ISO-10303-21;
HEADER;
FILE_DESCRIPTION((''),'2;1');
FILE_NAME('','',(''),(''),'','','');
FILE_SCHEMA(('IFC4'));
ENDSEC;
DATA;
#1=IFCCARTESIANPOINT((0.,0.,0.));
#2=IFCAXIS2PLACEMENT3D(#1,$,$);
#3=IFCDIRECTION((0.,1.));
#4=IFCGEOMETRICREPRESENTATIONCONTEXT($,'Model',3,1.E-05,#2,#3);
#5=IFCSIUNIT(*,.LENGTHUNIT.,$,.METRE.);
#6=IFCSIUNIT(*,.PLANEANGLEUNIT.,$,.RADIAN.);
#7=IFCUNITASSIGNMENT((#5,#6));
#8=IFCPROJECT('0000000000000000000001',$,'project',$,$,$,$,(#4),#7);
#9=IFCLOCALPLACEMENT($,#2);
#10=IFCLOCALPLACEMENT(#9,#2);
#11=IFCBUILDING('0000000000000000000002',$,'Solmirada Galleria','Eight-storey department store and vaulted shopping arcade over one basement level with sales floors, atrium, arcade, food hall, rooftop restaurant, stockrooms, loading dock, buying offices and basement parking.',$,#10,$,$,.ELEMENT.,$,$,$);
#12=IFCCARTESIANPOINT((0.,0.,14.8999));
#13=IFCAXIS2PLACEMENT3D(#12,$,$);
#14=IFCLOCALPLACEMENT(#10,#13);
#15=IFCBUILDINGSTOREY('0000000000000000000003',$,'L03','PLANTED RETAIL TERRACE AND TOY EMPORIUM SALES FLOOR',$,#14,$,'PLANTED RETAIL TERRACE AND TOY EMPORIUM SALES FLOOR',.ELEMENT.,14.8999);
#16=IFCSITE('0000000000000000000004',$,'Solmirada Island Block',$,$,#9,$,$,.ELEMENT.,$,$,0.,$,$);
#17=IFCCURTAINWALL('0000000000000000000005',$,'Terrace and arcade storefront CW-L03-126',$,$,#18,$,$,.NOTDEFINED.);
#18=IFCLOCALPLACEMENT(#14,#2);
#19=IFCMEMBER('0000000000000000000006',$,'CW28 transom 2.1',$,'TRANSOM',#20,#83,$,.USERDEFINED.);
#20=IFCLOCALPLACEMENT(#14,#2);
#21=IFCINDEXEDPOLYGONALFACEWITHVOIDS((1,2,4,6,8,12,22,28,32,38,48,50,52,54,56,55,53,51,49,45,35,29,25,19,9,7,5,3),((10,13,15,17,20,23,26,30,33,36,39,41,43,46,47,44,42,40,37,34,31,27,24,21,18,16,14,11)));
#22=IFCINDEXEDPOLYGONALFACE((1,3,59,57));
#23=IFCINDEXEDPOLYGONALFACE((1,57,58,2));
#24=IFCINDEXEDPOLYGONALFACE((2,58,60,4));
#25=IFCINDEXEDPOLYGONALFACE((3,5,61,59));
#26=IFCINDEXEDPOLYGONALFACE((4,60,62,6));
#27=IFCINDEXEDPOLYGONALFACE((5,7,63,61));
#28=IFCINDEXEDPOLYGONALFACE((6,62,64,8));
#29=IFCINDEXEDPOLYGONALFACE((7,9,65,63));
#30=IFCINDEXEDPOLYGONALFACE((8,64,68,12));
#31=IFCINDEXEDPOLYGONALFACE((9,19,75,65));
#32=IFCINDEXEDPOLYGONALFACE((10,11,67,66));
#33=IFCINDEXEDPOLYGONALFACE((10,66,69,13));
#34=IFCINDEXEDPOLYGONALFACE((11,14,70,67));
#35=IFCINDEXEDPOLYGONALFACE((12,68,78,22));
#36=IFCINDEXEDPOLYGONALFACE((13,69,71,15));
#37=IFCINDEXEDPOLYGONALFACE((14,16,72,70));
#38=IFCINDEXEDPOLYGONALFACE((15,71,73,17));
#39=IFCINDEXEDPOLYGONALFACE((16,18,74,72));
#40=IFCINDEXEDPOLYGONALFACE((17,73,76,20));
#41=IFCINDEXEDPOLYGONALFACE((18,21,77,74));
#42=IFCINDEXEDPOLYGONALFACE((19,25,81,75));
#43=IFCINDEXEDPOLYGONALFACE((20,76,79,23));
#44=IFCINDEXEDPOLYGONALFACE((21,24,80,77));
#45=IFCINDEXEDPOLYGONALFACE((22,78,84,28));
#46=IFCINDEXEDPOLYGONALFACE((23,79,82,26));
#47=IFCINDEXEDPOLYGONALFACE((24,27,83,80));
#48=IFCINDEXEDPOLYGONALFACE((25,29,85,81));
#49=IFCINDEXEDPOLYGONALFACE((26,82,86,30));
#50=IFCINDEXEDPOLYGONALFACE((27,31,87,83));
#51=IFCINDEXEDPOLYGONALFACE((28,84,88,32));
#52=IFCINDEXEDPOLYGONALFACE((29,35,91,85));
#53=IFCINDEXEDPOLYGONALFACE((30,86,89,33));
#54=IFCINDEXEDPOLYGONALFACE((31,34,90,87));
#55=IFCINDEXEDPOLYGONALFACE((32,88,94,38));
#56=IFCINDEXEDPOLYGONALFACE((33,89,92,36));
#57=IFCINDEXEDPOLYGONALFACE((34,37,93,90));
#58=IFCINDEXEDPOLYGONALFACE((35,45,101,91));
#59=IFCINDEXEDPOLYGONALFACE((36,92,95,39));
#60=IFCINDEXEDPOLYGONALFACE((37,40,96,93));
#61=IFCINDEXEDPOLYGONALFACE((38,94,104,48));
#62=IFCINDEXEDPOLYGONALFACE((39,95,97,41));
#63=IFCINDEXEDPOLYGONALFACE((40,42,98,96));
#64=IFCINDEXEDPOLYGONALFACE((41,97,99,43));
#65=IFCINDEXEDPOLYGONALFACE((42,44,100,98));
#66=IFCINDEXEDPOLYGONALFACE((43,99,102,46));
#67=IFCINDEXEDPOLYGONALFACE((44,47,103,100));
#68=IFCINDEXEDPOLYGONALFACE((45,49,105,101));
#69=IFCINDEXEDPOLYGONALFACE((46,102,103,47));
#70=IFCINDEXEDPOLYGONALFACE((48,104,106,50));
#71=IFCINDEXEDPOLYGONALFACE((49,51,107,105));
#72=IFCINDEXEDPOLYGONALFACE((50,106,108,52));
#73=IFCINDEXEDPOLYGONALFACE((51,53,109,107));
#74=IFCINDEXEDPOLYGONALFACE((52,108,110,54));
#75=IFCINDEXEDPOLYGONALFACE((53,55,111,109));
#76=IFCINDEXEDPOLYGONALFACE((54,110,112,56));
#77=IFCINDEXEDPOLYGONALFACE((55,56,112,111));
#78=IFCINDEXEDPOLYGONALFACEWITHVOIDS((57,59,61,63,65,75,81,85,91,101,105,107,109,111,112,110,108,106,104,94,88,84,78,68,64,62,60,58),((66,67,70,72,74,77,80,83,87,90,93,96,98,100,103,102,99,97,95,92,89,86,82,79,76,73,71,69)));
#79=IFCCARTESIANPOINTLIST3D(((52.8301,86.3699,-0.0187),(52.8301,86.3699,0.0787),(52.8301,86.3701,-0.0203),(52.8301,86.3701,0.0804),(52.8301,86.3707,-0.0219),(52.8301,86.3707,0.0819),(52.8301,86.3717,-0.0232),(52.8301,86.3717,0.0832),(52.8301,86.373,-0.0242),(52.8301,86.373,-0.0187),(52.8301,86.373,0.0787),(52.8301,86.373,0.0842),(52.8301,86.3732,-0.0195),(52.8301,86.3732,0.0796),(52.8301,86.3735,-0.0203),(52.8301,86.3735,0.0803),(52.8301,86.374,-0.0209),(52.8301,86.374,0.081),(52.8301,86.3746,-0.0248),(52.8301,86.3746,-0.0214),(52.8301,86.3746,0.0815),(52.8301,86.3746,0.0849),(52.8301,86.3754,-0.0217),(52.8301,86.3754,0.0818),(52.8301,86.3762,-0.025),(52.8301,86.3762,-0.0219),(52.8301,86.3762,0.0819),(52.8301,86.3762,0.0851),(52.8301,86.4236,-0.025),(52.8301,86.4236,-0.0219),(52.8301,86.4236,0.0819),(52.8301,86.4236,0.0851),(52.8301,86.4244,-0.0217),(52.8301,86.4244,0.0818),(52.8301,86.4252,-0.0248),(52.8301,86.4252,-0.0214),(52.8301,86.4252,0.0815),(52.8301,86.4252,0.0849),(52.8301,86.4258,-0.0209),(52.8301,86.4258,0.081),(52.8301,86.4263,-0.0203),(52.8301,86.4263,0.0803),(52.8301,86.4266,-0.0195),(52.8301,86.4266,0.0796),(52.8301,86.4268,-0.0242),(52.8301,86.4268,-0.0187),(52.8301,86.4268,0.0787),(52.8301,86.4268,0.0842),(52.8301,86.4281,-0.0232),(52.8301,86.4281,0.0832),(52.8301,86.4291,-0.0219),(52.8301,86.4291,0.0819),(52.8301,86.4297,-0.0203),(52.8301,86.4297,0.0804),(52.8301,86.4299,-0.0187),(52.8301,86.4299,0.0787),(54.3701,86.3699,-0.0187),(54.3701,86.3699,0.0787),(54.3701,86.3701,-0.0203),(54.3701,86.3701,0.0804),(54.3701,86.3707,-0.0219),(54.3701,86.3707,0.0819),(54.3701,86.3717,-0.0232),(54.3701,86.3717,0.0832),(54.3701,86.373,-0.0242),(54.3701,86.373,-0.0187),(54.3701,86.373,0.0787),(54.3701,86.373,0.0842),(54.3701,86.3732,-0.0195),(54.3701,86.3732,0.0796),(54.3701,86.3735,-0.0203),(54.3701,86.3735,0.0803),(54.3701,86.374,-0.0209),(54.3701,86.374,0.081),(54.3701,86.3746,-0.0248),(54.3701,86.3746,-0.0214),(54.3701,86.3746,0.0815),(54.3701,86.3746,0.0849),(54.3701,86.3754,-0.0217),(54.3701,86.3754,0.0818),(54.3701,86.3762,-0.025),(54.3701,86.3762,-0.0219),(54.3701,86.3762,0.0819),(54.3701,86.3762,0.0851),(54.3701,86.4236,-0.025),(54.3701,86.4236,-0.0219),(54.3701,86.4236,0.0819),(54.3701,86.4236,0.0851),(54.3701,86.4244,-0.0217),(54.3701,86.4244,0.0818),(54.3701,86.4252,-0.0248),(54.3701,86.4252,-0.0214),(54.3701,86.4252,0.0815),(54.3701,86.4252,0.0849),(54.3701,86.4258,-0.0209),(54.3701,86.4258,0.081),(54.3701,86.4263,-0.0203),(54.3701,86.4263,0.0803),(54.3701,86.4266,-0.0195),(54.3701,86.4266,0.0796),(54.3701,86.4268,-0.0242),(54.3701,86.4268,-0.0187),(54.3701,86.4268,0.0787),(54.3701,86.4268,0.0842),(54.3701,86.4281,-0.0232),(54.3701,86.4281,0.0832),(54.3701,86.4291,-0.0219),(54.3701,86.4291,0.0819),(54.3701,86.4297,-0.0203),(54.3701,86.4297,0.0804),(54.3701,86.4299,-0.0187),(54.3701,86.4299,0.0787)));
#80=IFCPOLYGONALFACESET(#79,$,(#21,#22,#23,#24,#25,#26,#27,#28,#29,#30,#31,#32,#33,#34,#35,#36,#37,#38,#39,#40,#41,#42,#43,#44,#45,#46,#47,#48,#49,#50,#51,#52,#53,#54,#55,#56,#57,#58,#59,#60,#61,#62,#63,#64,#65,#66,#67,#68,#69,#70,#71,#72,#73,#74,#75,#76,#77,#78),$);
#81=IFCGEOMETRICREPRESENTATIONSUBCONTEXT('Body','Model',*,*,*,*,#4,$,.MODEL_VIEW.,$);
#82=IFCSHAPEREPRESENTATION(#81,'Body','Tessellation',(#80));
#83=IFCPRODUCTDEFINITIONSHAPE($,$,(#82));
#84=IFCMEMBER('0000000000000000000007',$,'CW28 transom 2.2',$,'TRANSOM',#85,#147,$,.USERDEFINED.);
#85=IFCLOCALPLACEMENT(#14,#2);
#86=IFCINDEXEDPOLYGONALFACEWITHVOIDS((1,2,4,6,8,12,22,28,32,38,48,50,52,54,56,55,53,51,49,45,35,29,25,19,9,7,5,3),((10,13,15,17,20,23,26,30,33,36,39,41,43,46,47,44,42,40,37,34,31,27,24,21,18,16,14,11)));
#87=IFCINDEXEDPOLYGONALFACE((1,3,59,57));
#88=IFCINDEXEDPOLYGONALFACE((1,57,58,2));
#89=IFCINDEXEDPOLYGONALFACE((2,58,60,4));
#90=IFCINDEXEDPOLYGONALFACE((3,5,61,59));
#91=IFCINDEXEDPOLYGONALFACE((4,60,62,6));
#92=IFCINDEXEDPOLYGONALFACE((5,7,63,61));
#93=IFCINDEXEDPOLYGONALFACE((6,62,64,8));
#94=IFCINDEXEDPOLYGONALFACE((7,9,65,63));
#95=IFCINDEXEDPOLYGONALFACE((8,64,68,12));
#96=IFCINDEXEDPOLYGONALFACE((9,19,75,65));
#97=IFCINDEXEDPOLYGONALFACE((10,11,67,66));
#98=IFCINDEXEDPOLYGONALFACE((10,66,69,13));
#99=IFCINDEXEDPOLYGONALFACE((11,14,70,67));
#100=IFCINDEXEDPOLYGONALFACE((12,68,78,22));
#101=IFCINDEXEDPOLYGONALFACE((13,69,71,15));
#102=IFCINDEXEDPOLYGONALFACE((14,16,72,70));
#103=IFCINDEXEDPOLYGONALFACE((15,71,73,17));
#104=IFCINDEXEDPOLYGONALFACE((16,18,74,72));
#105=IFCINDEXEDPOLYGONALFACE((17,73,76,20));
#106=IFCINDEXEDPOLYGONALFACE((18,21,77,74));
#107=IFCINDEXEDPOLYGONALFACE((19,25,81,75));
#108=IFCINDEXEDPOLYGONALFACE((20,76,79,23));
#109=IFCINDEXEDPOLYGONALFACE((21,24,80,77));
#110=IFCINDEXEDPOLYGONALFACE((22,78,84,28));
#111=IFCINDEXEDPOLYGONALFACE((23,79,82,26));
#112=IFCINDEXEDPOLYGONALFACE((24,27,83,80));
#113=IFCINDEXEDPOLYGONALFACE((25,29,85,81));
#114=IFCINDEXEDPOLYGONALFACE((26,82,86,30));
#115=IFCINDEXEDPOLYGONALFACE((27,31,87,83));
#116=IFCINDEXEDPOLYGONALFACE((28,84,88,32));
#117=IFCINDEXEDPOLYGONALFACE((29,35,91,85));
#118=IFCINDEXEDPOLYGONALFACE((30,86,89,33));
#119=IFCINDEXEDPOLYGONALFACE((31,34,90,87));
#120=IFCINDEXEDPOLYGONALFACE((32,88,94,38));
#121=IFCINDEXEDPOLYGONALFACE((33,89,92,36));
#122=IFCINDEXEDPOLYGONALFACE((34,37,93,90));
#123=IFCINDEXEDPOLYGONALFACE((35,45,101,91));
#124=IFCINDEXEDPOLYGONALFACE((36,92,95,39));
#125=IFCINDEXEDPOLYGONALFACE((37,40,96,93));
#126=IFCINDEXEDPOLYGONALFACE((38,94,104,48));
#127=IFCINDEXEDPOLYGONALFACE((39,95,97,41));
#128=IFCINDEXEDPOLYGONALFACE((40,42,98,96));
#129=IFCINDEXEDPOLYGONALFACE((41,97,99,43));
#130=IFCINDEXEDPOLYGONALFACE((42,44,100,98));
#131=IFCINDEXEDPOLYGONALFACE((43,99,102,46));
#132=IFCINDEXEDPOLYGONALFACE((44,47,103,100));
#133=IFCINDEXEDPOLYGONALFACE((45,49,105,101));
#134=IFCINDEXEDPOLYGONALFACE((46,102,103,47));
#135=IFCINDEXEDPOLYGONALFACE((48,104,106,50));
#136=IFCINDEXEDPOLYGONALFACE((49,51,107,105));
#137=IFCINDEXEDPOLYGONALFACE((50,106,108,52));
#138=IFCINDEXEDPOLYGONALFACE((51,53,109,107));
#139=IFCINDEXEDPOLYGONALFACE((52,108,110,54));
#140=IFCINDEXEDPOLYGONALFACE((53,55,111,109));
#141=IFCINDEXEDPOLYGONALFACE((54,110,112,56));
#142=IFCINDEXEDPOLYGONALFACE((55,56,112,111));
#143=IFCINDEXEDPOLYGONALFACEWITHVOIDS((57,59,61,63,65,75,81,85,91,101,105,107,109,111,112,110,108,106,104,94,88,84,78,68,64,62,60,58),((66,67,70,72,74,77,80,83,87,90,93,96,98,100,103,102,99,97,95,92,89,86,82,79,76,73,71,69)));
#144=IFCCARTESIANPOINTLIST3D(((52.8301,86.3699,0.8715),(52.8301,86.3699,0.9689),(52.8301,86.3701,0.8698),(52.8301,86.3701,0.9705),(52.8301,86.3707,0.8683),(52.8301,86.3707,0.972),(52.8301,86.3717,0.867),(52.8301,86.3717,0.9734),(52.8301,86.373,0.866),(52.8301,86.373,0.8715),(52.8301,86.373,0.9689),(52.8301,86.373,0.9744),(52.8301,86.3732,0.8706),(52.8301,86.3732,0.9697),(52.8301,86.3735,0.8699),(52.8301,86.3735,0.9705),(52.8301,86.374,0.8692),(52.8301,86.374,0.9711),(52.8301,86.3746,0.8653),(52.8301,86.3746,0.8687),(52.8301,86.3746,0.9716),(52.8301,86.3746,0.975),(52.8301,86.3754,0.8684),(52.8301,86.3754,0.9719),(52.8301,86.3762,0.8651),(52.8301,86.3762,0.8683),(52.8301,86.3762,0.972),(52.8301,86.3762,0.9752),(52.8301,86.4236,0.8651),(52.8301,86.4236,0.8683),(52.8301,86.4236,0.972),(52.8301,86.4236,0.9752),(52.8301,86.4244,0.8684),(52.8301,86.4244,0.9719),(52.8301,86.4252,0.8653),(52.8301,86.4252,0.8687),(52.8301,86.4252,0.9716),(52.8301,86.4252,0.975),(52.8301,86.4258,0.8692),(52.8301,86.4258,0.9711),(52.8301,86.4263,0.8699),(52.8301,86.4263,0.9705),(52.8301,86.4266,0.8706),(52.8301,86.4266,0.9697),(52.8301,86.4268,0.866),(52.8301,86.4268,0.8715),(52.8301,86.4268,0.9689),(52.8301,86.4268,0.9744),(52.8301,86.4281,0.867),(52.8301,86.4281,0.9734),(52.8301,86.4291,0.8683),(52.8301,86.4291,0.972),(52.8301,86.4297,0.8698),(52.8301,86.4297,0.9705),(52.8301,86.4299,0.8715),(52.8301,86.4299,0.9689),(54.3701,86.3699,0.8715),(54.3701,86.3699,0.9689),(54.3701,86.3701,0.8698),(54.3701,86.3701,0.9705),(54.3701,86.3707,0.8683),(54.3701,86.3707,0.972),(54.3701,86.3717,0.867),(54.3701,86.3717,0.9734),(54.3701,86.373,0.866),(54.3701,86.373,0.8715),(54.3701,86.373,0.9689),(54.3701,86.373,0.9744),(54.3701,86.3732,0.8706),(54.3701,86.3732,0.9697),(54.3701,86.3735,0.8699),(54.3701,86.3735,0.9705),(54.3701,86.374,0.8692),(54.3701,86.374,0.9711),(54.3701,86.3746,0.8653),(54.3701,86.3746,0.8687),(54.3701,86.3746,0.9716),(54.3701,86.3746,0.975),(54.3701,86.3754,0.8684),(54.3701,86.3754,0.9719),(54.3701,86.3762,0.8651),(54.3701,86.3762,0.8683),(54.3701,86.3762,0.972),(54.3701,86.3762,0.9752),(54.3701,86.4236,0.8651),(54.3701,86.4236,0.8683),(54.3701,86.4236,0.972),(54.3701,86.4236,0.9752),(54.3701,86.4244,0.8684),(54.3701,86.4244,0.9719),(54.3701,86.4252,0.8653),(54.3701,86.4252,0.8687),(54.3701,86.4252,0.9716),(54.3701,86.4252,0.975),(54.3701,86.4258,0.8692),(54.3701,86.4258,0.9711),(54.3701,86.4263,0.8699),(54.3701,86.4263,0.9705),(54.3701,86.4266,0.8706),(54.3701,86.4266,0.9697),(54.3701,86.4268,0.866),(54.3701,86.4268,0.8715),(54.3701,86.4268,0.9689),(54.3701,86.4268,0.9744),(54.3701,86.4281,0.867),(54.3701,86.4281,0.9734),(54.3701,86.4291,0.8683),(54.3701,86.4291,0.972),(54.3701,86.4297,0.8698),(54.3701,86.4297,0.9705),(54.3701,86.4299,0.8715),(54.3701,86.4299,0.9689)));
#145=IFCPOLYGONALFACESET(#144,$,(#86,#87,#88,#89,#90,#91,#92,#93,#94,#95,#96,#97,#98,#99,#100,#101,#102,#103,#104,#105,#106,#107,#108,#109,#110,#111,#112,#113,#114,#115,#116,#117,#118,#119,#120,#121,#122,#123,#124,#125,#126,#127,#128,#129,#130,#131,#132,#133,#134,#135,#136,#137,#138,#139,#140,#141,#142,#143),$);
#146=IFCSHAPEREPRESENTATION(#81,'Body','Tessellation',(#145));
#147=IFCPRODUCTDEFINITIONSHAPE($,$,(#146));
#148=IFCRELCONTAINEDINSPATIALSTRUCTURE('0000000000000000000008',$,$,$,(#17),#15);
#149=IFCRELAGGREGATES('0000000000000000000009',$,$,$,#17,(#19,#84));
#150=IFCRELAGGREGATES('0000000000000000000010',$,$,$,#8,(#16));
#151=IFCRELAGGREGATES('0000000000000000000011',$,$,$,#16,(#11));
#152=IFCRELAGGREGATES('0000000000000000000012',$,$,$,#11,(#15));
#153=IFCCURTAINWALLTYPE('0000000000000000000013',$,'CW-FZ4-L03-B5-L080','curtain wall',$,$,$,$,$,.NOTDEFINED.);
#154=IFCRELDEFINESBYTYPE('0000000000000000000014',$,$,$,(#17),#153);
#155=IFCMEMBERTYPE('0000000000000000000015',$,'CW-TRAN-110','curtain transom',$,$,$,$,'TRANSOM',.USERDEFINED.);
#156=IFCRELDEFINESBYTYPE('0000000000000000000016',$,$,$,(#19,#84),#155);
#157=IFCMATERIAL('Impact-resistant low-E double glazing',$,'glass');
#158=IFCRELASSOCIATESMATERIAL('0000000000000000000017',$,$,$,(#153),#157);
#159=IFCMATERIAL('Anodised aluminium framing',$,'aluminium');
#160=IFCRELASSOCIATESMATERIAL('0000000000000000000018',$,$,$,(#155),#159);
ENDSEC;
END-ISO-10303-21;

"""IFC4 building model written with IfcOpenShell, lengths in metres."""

from ifc_helpers import new_model, si_unit, direction, frame, origin, origin_2d, place, context, subcontext, project, spatial, hollow_rectangle, extrude, material, material_profile, profile_set, type_object, element, aggregate, save


model = new_model("IFC4")

# Units and contexts
model_context = context("Model", 3, precision=1e-05, world=origin(), true_north=direction((0.0, 1.0)))
body_context = subcontext(model_context, "Body", "Model", "MODEL_VIEW")
ifc_project = project(units=[si_unit("LENGTHUNIT", "METRE"), si_unit("PLANEANGLEUNIT", "RADIAN")], contexts=[model_context])

# Site, building, storey
site_placement = place(None, origin())
site = spatial("IfcSite", under=ifc_project, at=site_placement, Name="Solmirada Island Block", CompositionType="ELEMENT", RefElevation=0.0)
building_placement = place(site_placement, origin())
building = spatial("IfcBuilding", under=site, at=building_placement, Name="Solmirada Galleria", Description="Eight-storey department store and vaulted shopping arcade over one basement level with sales floors, atrium, arcade, food hall, rooftop restaurant, stockrooms, loading dock, buying offices and basement parking.", CompositionType="ELEMENT")
storey_placement = place(building_placement, frame((0.0, 0.0, 14.8999)))
storey = spatial("IfcBuildingStorey", under=building, at=storey_placement, Name="L03", Description="PLANTED RETAIL TERRACE AND TOY EMPORIUM SALES FLOOR", LongName="PLANTED RETAIL TERRACE AND TOY EMPORIUM SALES FLOOR", CompositionType="ELEMENT", Elevation=14.8999)

# Curtain wall, members
ifc_material_1 = material(Name="Impact-resistant low-E double glazing", Category="glass")
curtain_wall_type = type_object("IfcCurtainWallType", Name="CW-FZ4-L03-B5-L080", Description="curtain wall", PredefinedType="NOTDEFINED", material=ifc_material_1)
curtain_wall_placement = place(storey_placement, origin())
curtain_wall = element("IfcCurtainWall", 1, at=curtain_wall_placement, inside=storey, type_object=curtain_wall_type, Name="Terrace and arcade storefront CW-L03-126", PredefinedType="NOTDEFINED")
ifc_material_2 = material(Name="Anodised aluminium framing", Category="aluminium")
ifc_material_profile_1 = material_profile(ifc_material_2, hollow_rectangle(XDim=0.0601, YDim=0.1101, WallThickness=0.0032, InnerFilletRadius=0.0032, OuterFilletRadius=0.0063, at=origin_2d()), Name="ALU-TRAN-110X60")
ifc_profile_set_1 = profile_set([ifc_material_profile_1], Name="Anodised aluminium framing")
member_type_1 = type_object("IfcMemberType", Name="CW-TRAN-110", Description="curtain transom", ElementType="TRANSOM", PredefinedType="USERDEFINED", material=ifc_profile_set_1)
member_1_placement = place(storey_placement, frame((54.3701, 86.3999, 0.03), z_axis=(-1.0, 0.0, 0.0), x_axis=(0.0, -1.0, 0.0)))
member_1 = element("IfcMember", 2, at=member_1_placement, type_object=member_type_1, Name="CW28 transom 2.1", ObjectType="TRANSOM", PredefinedType="USERDEFINED", context=body_context, shape_type="SweptSolid", body=[
    extrude(hollow_rectangle(XDim=0.0601, YDim=0.1101, WallThickness=0.0032, InnerFilletRadius=0.0032, OuterFilletRadius=0.0063, at=origin_2d()), origin(), (0.0, 0.0, 1.0), 1.54),
])
member_2_placement = place(storey_placement, frame((54.3701, 86.3999, 0.9202), z_axis=(-1.0, 0.0, 0.0), x_axis=(0.0, -1.0, 0.0)))
member_2 = element("IfcMember", 3, at=member_2_placement, type_object=member_type_1, Name="CW28 transom 2.2", ObjectType="TRANSOM", PredefinedType="USERDEFINED", context=body_context, shape_type="SweptSolid", body=[
    extrude(hollow_rectangle(XDim=0.0601, YDim=0.1101, WallThickness=0.0032, InnerFilletRadius=0.0032, OuterFilletRadius=0.0063, at=origin_2d()), origin(), (0.0, 0.0, 1.0), 1.54),
])
aggregate(curtain_wall, [member_1, member_2])

save(model, "model.ifc")
